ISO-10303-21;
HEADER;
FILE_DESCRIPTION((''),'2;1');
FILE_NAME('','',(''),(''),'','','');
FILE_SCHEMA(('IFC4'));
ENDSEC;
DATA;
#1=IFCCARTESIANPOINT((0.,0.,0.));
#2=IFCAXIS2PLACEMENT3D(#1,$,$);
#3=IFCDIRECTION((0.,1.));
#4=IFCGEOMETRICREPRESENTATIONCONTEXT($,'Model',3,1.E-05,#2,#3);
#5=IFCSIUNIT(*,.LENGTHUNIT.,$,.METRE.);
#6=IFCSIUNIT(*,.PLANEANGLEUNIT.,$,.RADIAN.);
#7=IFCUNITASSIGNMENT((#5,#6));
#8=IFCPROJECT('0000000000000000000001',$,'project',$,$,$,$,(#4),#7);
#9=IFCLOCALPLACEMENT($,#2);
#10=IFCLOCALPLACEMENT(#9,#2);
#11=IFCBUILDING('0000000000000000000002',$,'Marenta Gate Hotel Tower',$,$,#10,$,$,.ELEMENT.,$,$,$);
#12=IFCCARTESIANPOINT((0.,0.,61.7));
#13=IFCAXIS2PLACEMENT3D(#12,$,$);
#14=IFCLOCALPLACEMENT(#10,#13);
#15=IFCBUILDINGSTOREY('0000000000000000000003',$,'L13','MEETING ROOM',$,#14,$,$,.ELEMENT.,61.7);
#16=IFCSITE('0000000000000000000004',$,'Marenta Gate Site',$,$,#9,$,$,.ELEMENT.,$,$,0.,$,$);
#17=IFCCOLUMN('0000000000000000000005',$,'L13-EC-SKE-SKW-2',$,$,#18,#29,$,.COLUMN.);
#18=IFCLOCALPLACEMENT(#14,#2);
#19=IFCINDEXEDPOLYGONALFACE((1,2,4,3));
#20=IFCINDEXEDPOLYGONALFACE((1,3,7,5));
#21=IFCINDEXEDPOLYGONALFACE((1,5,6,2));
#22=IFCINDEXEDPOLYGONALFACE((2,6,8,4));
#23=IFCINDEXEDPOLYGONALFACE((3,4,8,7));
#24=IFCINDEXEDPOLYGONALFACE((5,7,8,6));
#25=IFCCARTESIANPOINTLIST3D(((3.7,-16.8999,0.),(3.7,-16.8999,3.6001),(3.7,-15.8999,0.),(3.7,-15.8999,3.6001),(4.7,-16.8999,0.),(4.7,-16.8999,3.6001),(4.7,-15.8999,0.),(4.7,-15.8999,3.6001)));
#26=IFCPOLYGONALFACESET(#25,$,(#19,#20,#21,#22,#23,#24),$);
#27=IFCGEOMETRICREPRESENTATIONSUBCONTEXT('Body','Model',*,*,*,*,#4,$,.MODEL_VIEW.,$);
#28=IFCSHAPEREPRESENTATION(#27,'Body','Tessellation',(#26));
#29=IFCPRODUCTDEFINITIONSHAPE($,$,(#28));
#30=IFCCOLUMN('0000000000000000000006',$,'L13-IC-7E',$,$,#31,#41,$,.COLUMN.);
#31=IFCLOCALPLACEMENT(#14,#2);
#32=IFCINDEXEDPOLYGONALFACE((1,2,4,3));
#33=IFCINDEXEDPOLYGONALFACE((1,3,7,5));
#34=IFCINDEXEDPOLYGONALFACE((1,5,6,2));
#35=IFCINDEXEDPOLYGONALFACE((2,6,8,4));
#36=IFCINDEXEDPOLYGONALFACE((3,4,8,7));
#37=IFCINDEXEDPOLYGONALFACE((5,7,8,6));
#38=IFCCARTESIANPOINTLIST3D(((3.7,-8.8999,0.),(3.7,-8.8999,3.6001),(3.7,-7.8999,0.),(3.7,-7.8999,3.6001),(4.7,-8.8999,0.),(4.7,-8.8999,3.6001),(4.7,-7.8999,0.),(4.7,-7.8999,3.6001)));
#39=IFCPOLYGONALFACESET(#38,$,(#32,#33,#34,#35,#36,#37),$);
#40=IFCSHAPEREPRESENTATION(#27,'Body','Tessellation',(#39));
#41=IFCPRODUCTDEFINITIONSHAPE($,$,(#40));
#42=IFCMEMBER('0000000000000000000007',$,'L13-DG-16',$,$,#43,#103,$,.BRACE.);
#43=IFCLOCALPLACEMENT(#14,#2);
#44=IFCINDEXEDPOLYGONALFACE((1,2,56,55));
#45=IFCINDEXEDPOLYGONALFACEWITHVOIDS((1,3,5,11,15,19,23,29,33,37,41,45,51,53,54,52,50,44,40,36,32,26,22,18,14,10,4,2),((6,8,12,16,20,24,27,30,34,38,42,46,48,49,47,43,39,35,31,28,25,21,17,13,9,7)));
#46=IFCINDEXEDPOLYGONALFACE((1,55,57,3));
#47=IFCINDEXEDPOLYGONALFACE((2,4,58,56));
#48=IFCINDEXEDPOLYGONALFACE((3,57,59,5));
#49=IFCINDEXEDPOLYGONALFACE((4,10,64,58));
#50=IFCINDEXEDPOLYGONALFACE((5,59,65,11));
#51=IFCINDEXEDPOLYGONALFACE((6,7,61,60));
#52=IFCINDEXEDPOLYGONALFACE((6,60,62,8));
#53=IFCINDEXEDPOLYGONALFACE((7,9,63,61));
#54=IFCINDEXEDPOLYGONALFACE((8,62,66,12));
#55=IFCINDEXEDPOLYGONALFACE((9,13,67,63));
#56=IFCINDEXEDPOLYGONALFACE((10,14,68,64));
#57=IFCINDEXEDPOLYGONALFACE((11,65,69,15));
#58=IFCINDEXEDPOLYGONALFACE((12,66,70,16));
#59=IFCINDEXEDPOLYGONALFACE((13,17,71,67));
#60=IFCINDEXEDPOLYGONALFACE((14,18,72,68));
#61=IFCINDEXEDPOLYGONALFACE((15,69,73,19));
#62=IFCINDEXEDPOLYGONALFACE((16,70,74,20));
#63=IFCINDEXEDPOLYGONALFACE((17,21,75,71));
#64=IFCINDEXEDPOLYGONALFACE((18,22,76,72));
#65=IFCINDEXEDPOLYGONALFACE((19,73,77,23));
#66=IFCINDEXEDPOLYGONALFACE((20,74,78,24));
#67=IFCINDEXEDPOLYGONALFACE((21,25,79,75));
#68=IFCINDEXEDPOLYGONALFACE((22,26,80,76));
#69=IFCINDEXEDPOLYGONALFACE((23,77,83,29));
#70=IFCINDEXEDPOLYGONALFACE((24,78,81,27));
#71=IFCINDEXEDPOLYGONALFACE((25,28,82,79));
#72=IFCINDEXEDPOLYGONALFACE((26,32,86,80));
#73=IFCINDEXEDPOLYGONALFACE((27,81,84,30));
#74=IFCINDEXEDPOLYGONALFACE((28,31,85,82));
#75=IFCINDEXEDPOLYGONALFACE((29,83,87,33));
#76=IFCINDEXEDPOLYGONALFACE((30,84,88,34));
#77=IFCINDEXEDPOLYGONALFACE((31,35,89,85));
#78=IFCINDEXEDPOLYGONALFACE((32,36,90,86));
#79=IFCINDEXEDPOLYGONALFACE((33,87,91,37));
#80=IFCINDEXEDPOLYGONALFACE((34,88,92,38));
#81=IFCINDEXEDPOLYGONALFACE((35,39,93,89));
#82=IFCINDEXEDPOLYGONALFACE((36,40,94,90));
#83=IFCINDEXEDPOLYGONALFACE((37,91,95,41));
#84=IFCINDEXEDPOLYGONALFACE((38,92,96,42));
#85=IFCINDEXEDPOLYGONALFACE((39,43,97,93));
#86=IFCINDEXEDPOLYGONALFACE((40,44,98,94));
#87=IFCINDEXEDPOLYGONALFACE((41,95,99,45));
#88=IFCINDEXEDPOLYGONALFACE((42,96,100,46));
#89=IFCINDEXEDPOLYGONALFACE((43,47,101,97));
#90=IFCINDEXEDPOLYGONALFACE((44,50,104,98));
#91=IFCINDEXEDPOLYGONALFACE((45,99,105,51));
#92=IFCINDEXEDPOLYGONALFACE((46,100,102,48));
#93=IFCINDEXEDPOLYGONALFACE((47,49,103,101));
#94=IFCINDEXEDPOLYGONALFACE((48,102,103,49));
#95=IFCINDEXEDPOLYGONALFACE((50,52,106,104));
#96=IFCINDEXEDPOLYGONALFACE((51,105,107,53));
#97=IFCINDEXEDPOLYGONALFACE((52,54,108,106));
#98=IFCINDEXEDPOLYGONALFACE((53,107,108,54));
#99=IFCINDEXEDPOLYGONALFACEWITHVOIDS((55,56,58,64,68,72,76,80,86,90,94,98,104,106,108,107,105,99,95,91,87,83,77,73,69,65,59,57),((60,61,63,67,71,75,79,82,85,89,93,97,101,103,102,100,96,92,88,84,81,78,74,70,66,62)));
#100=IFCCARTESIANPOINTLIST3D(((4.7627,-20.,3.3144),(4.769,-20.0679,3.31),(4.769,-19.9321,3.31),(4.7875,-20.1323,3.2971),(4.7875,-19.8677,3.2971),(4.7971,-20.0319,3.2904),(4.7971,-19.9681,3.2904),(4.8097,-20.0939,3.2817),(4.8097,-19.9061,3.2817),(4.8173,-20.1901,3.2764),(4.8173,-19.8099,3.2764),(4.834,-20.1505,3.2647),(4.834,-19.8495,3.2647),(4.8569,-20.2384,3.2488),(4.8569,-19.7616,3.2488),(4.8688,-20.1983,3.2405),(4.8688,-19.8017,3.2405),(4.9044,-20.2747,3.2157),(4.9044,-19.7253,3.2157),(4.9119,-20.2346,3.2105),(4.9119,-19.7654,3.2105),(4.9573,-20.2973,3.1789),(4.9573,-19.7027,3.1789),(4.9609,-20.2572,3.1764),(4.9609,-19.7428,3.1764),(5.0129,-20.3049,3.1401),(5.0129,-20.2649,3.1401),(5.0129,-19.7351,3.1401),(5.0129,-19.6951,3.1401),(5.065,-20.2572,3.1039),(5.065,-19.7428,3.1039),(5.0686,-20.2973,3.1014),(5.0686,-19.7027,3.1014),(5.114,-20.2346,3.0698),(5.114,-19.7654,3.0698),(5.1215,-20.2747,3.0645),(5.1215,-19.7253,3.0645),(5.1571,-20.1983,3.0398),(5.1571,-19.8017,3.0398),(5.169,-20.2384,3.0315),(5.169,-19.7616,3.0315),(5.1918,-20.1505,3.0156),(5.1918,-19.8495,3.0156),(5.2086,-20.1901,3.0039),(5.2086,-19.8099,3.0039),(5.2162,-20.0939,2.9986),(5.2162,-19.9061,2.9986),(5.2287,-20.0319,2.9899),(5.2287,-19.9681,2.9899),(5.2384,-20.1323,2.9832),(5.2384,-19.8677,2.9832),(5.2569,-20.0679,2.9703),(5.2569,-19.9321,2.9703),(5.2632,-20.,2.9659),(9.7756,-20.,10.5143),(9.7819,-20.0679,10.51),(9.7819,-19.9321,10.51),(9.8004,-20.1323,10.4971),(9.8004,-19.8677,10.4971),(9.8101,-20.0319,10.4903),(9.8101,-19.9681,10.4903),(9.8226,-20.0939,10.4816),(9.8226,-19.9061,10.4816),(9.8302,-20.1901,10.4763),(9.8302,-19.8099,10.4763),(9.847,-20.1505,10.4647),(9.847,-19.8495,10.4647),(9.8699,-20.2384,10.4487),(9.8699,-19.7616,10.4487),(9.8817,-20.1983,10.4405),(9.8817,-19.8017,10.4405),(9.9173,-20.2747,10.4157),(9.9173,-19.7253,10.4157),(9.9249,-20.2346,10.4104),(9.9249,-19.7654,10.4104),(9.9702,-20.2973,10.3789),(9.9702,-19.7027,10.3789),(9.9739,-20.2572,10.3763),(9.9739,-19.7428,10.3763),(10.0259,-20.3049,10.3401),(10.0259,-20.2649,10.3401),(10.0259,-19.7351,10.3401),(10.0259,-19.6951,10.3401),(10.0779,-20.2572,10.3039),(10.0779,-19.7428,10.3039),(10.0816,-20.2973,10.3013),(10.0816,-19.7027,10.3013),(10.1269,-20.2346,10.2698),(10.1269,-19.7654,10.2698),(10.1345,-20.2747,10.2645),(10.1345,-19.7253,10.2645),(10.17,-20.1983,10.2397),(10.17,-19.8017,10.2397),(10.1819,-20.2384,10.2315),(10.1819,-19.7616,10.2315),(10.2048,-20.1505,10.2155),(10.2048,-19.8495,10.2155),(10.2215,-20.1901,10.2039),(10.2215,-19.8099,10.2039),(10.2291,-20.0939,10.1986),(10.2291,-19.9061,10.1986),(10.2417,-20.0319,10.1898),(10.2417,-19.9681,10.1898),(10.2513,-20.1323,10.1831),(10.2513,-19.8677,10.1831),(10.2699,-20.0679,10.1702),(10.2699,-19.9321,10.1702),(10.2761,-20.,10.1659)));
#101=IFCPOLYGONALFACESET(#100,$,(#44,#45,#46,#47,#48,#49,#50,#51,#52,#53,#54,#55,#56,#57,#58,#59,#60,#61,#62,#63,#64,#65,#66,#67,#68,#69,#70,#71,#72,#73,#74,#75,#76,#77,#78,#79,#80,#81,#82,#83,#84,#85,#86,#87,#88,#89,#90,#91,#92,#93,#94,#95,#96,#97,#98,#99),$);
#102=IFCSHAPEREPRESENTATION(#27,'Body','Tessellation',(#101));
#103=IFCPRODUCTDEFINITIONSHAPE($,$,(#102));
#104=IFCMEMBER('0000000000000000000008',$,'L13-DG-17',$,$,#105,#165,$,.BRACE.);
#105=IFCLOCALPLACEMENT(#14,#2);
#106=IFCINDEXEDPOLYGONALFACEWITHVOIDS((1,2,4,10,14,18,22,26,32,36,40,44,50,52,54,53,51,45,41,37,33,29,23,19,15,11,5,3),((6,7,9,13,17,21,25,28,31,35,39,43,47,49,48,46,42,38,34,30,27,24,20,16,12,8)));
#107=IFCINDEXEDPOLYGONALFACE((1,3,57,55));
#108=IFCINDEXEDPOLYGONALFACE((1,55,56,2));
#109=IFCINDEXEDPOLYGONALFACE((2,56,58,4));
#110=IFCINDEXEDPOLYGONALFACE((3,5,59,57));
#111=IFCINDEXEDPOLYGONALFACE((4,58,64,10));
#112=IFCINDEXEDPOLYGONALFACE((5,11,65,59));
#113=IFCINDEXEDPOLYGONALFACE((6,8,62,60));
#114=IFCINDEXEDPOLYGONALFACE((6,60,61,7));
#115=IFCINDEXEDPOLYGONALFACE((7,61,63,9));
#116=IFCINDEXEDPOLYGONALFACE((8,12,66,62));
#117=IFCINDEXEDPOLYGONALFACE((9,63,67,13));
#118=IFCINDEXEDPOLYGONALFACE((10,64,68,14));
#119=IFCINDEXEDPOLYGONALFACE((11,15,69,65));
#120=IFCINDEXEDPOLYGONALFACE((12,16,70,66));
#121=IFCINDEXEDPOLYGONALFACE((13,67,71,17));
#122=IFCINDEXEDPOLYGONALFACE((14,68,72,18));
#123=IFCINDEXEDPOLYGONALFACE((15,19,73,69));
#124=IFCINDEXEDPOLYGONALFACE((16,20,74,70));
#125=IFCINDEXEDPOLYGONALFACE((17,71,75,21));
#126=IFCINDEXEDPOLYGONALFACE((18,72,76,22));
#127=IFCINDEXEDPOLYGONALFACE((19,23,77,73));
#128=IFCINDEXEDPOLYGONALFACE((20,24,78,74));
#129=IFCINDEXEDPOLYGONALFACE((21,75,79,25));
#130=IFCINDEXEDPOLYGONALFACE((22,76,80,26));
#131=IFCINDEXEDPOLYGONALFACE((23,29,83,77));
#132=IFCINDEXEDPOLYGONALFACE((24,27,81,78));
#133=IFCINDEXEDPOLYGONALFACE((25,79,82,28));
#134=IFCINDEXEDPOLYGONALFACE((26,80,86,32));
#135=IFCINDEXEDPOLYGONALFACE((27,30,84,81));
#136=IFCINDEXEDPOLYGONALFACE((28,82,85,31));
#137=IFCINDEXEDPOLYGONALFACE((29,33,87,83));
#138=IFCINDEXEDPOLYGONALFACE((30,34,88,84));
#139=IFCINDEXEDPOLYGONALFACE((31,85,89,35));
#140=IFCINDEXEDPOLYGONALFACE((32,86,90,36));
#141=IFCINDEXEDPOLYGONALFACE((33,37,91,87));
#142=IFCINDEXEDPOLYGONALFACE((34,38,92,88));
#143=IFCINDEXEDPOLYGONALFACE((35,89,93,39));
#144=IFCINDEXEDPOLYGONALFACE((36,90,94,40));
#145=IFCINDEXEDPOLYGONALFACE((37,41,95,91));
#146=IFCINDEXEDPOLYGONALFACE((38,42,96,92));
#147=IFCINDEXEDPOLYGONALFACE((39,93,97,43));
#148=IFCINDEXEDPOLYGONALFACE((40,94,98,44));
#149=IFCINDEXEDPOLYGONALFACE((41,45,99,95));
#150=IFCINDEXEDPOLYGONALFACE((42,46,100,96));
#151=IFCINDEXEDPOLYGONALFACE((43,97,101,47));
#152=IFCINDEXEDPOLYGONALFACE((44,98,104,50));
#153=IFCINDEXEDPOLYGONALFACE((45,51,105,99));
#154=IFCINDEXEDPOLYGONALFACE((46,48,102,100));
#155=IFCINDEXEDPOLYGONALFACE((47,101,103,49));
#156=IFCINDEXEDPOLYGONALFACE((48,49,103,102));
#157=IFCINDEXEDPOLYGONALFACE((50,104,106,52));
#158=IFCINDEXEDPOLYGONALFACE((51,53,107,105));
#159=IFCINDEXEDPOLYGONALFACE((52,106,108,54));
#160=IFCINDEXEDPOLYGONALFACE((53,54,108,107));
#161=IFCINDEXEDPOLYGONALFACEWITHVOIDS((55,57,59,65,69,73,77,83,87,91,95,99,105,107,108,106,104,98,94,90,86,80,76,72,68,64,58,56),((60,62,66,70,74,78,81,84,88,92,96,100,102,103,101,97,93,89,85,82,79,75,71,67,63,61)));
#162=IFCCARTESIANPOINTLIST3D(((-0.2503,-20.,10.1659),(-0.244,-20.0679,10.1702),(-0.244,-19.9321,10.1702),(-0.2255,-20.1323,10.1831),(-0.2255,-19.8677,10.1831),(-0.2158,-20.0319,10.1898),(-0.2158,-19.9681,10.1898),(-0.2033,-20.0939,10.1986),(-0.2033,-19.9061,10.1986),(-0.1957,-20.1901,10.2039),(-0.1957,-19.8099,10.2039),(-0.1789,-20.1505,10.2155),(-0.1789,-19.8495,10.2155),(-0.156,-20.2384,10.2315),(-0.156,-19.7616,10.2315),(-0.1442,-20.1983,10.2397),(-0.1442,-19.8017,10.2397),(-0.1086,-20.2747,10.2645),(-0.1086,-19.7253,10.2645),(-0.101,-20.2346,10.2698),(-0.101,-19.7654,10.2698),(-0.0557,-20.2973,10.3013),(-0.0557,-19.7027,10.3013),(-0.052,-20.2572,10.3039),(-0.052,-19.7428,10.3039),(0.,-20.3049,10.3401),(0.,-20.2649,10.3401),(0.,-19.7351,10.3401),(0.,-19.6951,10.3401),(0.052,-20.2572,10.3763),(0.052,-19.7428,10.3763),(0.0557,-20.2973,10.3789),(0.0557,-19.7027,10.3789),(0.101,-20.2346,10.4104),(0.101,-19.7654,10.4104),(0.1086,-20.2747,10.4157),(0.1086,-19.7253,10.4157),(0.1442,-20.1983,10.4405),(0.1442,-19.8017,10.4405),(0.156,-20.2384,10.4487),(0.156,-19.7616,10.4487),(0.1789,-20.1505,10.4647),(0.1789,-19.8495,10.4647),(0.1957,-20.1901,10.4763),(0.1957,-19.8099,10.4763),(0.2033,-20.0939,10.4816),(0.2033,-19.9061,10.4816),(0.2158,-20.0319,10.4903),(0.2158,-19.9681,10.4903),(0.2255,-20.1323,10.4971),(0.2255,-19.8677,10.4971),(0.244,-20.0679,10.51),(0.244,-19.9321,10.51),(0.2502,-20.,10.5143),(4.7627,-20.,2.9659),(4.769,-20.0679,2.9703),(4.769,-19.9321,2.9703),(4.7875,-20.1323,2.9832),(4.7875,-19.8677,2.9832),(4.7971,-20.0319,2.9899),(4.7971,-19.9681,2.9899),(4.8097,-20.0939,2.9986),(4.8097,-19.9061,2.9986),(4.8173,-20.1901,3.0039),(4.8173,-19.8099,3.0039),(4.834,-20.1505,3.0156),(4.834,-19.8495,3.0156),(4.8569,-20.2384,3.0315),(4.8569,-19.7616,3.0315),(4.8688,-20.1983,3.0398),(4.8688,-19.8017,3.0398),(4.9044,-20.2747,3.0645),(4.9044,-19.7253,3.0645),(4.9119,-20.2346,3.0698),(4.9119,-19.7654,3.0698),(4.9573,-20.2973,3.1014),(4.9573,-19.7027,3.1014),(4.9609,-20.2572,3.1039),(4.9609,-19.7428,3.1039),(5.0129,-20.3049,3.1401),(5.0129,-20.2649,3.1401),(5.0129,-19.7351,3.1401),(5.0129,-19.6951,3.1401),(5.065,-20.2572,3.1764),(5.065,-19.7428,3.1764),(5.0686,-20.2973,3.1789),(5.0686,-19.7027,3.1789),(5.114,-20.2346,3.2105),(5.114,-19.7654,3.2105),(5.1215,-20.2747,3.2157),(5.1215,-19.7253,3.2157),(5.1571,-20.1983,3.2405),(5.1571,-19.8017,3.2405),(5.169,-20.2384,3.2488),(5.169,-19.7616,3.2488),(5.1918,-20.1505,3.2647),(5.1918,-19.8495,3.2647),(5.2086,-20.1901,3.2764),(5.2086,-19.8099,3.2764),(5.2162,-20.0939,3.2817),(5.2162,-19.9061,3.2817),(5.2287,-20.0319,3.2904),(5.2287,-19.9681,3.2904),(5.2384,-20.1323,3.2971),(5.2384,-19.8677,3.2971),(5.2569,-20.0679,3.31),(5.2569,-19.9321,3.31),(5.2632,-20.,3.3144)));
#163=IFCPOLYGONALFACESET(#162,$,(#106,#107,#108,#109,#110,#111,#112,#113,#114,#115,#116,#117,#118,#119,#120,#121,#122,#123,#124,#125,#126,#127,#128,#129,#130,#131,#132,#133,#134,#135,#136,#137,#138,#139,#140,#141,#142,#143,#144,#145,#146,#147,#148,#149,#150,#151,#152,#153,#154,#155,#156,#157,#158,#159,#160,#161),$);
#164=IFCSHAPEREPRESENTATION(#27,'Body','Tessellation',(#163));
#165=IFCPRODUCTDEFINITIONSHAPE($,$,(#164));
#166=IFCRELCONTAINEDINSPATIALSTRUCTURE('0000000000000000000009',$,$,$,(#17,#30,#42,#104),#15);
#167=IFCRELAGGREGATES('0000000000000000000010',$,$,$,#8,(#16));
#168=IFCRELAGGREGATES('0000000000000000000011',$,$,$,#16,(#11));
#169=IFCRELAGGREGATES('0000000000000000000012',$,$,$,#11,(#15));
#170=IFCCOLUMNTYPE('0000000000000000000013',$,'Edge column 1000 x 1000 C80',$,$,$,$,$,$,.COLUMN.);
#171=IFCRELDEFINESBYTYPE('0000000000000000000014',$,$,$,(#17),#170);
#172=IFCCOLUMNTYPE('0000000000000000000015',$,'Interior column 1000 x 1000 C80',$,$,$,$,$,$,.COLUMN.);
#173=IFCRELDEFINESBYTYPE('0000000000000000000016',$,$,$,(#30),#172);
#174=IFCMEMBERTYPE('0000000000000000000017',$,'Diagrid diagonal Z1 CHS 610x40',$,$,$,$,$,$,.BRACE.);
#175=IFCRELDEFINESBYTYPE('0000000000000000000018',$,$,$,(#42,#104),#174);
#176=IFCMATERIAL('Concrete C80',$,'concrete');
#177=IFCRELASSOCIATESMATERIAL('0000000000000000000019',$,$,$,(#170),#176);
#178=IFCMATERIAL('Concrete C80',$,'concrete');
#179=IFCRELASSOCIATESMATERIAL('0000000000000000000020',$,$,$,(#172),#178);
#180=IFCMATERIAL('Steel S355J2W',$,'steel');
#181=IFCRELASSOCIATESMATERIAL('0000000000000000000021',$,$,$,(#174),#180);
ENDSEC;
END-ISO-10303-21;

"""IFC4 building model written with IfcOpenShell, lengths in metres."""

from ifc_helpers import new_model, si_unit, direction, frame, origin, origin_2d, place, context, subcontext, project, spatial, rectangle, hollow_circle, extrude, material, material_profile, profile_set, type_object, element, save


model = new_model("IFC4")

# Units and contexts
model_context = context("Model", 3, precision=1e-05, world=origin(), true_north=direction((0.0, 1.0)))
body_context = subcontext(model_context, "Body", "Model", "MODEL_VIEW")
ifc_project = project(units=[si_unit("LENGTHUNIT", "METRE"), si_unit("PLANEANGLEUNIT", "RADIAN")], contexts=[model_context])

# Site, building, storey
site_placement = place(None, origin())
site = spatial("IfcSite", under=ifc_project, at=site_placement, Name="Marenta Gate Site", CompositionType="ELEMENT", RefElevation=0.0)
building_placement = place(site_placement, origin())
building = spatial("IfcBuilding", under=site, at=building_placement, Name="Marenta Gate Hotel Tower", CompositionType="ELEMENT")
storey_placement = place(building_placement, frame((0.0, 0.0, 61.7)))
storey = spatial("IfcBuildingStorey", under=building, at=storey_placement, Name="L13", Description="MEETING ROOM", CompositionType="ELEMENT", Elevation=61.7)

# Columns
ifc_material_1 = material(Name="Concrete C80", Category="concrete")
ifc_material_profile_1 = material_profile(ifc_material_1, rectangle(XDim=1.0, YDim=1.0, at=origin_2d()), Name="1000 x 1000")
ifc_profile_set_1 = profile_set([ifc_material_profile_1], Name="Concrete C80")
column_type_1 = type_object("IfcColumnType", Name="Edge column 1000 x 1000 C80", PredefinedType="COLUMN", material=ifc_profile_set_1)
column_1_placement = place(storey_placement, frame((4.2, -16.3999, 0.0), z_axis=(0.0, 0.0, 1.0), x_axis=(1.0, 0.0, 0.0)))
element("IfcColumn", 1, at=column_1_placement, inside=storey, type_object=column_type_1, Name="L13-EC-SKE-SKW-2", PredefinedType="COLUMN", context=body_context, shape_type="SweptSolid", body=[
    extrude(rectangle(XDim=1.0, YDim=1.0, at=origin_2d()), origin(), (0.0, 0.0, 1.0), 3.6001),
])
ifc_material_2 = material(Name="Concrete C80", Category="concrete")
ifc_material_profile_2 = material_profile(ifc_material_2, rectangle(XDim=1.0, YDim=1.0, at=origin_2d()), Name="1000 x 1000")
ifc_profile_set_2 = profile_set([ifc_material_profile_2], Name="Concrete C80")
column_type_2 = type_object("IfcColumnType", Name="Interior column 1000 x 1000 C80", PredefinedType="COLUMN", material=ifc_profile_set_2)
column_2_placement = place(storey_placement, frame((4.2, -8.3999, 0.0), z_axis=(0.0, 0.0, 1.0), x_axis=(1.0, 0.0, 0.0)))
element("IfcColumn", 2, at=column_2_placement, inside=storey, type_object=column_type_2, Name="L13-IC-7E", PredefinedType="COLUMN", context=body_context, shape_type="SweptSolid", body=[
    extrude(rectangle(XDim=1.0, YDim=1.0, at=origin_2d()), origin(), (0.0, 0.0, 1.0), 3.6001),
])

# Members
ifc_material_3 = material(Name="Steel S355J2W", Category="steel")
ifc_material_profile_3 = material_profile(ifc_material_3, hollow_circle(Radius=0.3049, WallThickness=0.04, at=origin_2d()), Name="CHS 610x40")
ifc_profile_set_3 = profile_set([ifc_material_profile_3], Name="Steel S355J2W")
member_type_1 = type_object("IfcMemberType", Name="Diagrid diagonal Z1 CHS 610x40", PredefinedType="BRACE", material=ifc_profile_set_3)
for number, where, z_axis, x_axis, name in (
    (3, (5.0129, -20.0, 3.1401), (0.571393, 0.0, 0.820677), (0.0, 1.0, 0.0), "L13-DG-16"),
    (4, (5.0129, -20.0, 3.1401), (-0.571393, 0.0, 0.820677), (0.0, -1.0, 0.0), "L13-DG-17"),
):
    element("IfcMember", number, at=place(storey_placement, frame(where, z_axis=z_axis, x_axis=x_axis)), inside=storey, type_object=member_type_1, Name=name, PredefinedType="BRACE", context=body_context, shape_type="SweptSolid", body=[
        extrude(hollow_circle(Radius=0.3049, WallThickness=0.04, at=origin_2d()), origin(), (0.0, 0.0, 1.0), 8.7732),
    ])

save(model, "model.ifc")
